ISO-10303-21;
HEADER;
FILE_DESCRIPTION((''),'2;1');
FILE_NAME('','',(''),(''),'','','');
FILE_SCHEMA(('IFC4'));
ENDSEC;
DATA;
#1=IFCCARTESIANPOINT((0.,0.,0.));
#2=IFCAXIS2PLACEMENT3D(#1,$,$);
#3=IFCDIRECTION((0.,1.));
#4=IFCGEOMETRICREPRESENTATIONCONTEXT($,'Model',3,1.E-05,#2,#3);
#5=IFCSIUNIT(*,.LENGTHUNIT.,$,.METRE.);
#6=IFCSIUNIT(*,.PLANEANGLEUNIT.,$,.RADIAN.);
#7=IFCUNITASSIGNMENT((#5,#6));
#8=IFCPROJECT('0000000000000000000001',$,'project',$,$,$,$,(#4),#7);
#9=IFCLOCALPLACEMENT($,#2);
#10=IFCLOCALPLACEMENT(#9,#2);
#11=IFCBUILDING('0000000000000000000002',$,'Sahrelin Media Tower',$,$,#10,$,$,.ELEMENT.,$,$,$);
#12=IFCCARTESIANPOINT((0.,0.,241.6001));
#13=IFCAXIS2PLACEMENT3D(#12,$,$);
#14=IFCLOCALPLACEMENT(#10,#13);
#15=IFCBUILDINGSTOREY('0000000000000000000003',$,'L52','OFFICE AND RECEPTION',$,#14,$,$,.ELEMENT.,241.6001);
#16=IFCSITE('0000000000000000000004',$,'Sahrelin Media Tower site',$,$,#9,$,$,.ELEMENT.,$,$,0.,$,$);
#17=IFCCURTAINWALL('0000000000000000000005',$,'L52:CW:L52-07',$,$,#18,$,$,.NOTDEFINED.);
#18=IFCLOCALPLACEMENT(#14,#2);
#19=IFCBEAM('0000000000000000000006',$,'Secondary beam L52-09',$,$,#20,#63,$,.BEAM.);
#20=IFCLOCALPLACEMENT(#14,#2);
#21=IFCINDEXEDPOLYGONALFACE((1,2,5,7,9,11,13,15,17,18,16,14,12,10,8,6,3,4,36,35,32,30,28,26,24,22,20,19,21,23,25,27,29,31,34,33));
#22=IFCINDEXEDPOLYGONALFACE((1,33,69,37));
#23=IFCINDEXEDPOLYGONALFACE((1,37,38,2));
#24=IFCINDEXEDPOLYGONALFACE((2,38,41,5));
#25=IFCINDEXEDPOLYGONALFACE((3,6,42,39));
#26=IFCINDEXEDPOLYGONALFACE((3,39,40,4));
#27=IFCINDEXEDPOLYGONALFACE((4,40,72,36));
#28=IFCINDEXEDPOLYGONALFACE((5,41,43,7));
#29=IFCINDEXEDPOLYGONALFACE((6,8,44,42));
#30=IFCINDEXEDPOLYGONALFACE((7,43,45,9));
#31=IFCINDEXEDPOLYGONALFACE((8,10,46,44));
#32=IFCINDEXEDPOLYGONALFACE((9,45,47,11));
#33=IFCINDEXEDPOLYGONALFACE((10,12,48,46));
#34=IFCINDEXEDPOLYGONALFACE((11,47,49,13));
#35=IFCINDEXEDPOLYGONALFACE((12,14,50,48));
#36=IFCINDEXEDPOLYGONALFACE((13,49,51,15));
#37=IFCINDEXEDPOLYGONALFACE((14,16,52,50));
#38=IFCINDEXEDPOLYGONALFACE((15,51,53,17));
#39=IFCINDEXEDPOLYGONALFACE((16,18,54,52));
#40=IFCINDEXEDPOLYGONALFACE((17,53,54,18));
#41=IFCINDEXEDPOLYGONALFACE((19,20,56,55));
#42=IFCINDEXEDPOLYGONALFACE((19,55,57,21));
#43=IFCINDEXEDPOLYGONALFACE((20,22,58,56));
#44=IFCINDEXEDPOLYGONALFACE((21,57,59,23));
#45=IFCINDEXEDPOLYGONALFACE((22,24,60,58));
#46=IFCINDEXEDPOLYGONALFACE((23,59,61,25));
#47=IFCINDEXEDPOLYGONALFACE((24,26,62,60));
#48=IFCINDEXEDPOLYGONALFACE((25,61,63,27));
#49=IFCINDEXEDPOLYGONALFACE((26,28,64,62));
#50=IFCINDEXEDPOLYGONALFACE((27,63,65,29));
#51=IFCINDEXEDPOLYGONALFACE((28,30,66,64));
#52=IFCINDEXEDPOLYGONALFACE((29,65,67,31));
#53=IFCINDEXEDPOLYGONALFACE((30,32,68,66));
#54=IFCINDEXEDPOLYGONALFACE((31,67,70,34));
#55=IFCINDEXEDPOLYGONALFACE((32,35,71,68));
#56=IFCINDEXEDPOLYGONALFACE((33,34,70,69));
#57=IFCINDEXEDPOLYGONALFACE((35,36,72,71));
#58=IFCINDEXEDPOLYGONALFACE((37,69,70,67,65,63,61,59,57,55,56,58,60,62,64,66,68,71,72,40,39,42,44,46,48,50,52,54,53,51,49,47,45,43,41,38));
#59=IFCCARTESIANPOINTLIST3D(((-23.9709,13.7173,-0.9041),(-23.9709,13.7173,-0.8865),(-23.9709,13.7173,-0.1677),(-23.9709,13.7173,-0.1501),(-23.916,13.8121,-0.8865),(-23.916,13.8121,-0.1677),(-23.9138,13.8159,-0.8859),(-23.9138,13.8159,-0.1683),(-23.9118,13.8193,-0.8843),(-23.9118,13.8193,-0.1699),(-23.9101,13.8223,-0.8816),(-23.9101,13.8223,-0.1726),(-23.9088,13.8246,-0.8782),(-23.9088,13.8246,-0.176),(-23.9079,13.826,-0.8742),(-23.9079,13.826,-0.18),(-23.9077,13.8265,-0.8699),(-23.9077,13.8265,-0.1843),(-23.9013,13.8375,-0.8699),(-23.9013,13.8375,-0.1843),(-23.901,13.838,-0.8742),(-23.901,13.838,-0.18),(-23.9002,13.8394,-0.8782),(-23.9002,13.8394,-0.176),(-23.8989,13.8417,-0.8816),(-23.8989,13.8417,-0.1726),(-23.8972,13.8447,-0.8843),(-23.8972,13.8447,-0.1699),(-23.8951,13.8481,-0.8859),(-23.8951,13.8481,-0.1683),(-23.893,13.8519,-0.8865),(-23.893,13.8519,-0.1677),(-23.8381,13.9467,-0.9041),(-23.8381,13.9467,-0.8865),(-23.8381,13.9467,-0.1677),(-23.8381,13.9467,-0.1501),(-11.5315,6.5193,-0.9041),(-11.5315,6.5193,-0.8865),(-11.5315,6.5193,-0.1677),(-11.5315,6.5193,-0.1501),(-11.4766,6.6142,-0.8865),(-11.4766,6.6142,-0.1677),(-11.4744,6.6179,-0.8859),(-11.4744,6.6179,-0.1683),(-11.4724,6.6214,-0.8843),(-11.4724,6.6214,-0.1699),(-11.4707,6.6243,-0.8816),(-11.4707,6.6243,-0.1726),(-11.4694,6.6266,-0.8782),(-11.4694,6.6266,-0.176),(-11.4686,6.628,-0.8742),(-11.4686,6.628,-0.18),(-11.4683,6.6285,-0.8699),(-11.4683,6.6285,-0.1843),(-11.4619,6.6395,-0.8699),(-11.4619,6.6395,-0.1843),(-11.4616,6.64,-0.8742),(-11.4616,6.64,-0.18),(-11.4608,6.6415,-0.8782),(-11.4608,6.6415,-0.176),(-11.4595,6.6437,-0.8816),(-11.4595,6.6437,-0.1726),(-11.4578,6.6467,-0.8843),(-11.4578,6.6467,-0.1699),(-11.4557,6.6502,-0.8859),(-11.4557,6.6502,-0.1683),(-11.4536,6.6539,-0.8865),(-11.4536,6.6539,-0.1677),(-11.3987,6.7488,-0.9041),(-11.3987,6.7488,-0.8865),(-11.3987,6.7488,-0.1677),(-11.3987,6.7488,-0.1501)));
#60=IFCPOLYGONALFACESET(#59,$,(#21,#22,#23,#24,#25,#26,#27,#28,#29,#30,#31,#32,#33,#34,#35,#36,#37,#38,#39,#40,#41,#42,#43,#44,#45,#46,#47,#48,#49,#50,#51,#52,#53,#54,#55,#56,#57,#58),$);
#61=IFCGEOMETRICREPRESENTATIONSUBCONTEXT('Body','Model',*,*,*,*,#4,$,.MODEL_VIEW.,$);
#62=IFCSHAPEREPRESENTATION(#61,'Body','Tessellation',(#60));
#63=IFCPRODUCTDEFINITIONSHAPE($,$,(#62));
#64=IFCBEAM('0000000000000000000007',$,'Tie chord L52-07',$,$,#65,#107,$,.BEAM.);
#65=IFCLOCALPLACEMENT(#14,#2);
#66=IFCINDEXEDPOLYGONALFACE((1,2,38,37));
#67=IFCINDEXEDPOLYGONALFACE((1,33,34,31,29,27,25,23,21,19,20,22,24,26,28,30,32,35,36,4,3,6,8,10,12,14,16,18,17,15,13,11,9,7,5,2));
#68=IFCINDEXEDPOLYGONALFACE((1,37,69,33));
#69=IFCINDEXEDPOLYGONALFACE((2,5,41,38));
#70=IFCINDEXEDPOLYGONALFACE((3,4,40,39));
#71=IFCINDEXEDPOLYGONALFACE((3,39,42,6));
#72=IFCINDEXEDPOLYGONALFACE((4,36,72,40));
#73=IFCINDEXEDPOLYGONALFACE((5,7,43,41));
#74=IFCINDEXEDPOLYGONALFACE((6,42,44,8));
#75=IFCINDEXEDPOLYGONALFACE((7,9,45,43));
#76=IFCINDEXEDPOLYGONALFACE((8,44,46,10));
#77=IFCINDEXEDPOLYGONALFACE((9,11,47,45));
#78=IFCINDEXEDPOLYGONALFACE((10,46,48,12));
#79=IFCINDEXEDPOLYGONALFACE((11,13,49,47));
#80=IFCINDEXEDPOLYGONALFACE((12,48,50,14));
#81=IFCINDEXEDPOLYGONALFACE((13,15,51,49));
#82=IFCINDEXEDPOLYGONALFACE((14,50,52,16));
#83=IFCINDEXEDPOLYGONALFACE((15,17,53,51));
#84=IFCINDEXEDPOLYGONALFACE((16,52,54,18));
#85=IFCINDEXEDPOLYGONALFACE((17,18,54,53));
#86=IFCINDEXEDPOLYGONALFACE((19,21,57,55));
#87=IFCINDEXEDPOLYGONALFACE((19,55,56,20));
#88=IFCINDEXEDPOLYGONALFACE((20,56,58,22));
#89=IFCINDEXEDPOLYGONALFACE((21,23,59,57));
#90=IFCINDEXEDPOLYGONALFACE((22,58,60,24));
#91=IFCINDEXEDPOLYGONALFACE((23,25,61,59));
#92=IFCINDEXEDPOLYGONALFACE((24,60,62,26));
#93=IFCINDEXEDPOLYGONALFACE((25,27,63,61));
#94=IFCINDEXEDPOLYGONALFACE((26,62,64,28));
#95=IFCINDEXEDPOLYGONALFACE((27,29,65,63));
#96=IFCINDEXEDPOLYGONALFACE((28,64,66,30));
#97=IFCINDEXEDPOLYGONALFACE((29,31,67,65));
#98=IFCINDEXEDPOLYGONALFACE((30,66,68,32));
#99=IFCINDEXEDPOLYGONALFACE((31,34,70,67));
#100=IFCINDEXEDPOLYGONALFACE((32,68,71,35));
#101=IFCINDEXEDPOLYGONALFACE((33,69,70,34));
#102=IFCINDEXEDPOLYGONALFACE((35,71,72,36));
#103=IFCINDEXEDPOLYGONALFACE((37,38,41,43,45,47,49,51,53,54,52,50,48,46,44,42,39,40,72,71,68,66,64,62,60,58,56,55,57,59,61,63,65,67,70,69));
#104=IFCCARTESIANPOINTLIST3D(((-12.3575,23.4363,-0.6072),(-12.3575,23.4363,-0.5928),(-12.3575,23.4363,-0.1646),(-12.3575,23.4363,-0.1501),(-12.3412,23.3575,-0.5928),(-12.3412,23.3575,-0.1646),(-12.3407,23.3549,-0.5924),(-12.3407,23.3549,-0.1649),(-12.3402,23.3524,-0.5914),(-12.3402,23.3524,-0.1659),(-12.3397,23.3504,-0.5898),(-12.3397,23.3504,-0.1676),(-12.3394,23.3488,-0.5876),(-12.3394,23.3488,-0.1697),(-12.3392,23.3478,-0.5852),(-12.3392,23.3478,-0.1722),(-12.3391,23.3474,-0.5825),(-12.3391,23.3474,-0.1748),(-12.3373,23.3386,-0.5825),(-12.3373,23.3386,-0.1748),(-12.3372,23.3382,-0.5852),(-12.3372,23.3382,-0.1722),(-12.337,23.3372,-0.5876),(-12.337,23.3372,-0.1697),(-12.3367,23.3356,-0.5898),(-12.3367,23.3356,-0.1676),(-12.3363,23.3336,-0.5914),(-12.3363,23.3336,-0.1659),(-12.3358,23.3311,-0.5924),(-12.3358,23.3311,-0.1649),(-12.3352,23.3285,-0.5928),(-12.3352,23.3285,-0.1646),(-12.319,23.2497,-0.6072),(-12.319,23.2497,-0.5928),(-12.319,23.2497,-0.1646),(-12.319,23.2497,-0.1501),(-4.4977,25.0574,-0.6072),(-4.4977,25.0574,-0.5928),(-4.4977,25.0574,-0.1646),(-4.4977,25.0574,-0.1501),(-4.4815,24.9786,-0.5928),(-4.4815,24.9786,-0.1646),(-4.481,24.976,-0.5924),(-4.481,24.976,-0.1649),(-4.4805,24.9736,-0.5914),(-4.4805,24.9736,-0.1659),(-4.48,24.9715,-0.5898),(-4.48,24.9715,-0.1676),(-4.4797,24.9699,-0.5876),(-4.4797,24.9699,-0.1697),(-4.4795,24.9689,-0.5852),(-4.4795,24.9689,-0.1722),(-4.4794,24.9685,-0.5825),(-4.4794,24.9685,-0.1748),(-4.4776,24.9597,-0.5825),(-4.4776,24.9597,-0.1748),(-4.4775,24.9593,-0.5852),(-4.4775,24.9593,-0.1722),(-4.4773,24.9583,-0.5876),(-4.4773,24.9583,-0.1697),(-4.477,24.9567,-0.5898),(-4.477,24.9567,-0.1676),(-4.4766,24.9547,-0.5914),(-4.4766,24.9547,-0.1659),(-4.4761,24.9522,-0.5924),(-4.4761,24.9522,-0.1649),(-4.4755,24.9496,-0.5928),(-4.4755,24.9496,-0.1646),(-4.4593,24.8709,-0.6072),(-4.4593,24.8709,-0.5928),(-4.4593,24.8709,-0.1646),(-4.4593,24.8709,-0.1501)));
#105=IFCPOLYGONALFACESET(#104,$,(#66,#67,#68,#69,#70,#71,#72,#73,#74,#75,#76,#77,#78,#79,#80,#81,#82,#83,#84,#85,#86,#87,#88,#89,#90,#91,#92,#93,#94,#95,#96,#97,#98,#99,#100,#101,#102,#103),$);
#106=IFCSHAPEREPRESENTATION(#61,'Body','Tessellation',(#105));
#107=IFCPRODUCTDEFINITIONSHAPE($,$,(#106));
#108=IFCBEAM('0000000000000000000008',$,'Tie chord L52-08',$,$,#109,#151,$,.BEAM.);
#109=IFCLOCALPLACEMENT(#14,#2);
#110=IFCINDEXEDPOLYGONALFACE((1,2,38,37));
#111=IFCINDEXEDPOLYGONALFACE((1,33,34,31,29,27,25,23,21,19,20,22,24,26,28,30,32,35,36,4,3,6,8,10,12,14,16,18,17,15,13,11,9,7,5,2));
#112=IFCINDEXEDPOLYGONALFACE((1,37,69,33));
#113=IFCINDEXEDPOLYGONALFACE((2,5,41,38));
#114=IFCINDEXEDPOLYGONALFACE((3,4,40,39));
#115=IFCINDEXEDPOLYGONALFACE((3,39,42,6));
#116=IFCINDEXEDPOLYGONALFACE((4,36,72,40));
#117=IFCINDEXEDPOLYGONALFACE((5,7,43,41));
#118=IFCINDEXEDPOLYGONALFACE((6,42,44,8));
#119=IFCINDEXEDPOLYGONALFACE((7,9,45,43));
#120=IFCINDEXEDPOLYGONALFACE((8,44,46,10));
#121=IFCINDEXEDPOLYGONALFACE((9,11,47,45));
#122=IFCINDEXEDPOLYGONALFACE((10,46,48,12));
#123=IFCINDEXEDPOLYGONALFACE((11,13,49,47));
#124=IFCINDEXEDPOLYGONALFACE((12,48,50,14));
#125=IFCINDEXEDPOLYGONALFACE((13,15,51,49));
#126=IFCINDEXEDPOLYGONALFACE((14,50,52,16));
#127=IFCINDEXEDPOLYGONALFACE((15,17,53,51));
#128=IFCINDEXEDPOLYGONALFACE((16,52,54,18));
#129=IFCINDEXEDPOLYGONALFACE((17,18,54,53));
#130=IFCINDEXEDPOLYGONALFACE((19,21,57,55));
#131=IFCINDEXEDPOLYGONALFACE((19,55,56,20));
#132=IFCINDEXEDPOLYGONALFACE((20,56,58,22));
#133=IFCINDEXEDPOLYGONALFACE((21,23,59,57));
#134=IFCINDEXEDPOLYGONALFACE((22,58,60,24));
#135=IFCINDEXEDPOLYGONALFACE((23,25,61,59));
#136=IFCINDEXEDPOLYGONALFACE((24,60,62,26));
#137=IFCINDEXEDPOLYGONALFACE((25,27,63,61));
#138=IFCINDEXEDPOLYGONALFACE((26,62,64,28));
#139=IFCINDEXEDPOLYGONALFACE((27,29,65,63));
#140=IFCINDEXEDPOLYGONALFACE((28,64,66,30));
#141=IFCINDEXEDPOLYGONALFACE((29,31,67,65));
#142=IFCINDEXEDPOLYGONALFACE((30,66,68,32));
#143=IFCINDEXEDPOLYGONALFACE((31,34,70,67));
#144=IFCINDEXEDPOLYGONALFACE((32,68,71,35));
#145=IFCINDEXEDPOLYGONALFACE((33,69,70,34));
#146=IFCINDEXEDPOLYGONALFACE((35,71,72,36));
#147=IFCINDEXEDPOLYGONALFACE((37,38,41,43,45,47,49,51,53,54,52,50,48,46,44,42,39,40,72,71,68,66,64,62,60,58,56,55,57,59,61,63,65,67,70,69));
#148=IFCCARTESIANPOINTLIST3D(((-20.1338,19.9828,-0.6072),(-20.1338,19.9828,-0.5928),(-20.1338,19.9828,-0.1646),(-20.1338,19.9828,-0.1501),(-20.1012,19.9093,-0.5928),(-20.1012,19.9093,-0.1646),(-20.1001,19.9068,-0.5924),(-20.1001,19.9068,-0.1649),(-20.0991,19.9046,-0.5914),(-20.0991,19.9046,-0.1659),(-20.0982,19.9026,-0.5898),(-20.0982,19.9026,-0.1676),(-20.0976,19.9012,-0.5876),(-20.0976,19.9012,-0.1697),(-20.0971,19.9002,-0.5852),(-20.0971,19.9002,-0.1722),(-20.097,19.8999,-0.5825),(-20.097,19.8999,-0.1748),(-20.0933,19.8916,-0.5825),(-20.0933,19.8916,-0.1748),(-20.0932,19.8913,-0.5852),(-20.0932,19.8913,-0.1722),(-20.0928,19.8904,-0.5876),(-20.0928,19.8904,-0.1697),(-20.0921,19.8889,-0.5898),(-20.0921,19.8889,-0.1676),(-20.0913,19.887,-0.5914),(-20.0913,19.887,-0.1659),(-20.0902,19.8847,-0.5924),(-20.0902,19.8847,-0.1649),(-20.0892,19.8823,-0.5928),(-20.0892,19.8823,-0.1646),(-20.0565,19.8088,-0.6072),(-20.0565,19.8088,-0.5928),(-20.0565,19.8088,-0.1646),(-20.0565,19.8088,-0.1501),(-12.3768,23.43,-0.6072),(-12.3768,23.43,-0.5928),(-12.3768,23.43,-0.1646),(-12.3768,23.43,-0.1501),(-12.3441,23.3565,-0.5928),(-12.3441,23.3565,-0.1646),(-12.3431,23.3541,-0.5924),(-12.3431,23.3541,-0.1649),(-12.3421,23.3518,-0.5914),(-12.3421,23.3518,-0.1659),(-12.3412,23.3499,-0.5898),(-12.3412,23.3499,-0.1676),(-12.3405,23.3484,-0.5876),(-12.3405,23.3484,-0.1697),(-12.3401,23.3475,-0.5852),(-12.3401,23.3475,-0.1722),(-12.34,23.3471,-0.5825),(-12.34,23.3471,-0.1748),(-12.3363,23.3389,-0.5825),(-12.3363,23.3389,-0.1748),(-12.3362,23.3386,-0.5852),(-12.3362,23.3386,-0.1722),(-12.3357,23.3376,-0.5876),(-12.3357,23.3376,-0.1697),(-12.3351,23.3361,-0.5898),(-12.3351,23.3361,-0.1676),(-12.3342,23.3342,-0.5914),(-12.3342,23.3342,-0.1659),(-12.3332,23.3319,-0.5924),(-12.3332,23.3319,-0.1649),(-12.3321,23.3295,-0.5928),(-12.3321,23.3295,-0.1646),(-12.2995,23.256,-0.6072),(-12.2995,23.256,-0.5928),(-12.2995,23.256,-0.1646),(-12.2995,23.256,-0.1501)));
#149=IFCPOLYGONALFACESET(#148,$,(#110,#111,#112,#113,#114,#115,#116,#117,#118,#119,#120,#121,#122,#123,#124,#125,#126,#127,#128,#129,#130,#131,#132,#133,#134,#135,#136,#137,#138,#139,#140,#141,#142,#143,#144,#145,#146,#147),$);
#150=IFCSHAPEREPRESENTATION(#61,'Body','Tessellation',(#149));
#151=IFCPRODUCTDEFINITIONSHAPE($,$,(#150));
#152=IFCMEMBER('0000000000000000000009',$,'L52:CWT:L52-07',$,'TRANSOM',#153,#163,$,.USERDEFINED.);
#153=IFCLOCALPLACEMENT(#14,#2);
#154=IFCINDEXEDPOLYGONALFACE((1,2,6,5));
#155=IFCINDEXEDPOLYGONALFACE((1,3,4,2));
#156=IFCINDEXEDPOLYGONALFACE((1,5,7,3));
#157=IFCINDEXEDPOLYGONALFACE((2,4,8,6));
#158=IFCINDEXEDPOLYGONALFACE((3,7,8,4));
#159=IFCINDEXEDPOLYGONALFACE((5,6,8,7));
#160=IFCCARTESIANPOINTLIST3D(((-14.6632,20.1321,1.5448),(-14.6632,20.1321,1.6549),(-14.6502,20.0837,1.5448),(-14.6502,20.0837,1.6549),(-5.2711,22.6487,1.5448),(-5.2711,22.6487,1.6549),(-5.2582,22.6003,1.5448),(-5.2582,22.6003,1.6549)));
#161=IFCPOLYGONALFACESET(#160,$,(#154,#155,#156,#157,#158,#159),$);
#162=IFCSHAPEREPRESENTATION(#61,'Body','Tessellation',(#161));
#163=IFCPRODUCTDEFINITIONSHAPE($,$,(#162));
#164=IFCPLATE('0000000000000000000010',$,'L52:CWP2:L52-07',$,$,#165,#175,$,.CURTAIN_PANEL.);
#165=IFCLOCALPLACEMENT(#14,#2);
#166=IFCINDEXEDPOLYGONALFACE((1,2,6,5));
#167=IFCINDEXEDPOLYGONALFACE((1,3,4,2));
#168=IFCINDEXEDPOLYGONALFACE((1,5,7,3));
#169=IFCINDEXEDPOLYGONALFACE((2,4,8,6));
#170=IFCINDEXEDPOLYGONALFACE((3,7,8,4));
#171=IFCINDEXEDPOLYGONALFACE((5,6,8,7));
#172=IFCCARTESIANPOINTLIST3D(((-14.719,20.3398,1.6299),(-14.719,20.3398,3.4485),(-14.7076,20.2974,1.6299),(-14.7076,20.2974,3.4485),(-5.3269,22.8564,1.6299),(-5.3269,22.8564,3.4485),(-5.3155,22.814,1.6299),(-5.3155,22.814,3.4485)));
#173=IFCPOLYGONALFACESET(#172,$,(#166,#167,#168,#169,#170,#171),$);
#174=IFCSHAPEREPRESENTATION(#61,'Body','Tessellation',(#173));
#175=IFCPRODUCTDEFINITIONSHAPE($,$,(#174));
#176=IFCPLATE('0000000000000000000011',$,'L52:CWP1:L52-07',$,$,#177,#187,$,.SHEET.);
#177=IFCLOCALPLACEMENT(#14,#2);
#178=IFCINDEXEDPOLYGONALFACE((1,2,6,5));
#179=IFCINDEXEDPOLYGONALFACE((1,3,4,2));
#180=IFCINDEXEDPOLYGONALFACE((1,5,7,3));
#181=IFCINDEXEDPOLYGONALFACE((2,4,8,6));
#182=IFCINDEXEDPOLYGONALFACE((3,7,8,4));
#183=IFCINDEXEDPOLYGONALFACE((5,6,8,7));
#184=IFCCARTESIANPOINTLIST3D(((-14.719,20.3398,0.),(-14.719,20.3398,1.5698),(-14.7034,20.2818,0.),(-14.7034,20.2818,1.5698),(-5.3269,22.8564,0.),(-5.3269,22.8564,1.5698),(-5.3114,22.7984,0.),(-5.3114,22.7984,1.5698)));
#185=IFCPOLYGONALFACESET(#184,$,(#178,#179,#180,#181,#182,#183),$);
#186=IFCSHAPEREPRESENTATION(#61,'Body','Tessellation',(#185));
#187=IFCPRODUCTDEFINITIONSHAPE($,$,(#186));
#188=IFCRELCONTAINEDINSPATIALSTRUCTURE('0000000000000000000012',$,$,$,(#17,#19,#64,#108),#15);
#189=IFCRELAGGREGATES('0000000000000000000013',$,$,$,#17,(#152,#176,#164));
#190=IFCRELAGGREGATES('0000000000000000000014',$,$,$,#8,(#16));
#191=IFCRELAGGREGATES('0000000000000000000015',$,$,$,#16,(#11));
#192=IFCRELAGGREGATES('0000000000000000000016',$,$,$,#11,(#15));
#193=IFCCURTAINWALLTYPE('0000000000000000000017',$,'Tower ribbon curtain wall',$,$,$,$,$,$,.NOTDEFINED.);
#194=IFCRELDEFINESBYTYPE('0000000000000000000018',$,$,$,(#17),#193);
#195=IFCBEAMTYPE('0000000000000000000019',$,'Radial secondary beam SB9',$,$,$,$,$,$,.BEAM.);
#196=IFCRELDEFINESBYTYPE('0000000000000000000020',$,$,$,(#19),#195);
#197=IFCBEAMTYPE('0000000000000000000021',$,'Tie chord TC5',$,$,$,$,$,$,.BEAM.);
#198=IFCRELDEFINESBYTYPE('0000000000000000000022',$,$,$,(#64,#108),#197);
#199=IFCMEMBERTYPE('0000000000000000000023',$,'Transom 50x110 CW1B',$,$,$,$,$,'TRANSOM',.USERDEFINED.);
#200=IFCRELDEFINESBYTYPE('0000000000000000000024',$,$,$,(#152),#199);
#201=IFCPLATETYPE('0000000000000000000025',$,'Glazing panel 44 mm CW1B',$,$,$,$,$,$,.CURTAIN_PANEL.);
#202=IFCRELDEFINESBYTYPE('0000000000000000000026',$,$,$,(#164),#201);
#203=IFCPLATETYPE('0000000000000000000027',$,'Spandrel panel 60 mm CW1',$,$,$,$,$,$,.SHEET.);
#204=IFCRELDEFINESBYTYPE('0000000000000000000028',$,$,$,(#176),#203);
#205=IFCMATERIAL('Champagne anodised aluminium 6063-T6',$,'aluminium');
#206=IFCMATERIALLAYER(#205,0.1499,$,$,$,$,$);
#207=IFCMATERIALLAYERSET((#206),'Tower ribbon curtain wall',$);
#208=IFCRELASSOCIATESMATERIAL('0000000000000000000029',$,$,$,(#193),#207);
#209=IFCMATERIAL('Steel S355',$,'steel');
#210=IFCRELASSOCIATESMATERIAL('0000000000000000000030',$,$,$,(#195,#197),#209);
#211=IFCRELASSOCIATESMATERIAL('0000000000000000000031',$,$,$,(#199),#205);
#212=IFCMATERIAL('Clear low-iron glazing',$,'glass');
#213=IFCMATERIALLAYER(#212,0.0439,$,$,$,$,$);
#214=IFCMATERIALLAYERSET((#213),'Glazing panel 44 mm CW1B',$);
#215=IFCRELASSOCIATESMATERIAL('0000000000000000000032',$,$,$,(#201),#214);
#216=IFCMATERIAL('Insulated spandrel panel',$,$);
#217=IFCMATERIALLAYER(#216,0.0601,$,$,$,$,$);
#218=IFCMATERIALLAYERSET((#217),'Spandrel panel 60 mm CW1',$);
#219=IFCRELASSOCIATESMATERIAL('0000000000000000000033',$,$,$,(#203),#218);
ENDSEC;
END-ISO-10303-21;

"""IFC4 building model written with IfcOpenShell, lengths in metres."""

from ifc_helpers import new_model, si_unit, direction, frame, origin, origin_2d, place, context, subcontext, project, spatial, polyline, rectangle, i_section, outline, extrude, material, layer, layer_set, material_profile, profile_set, type_object, element, aggregate, save


model = new_model("IFC4")

# Units and contexts
model_context = context("Model", 3, precision=1e-05, world=origin(), true_north=direction((0.0, 1.0)))
body_context = subcontext(model_context, "Body", "Model", "MODEL_VIEW")
ifc_project = project(units=[si_unit("LENGTHUNIT", "METRE"), si_unit("PLANEANGLEUNIT", "RADIAN")], contexts=[model_context])

# Site, building, storey
site_placement = place(None, origin())
site = spatial("IfcSite", under=ifc_project, at=site_placement, Name="Sahrelin Media Tower site", CompositionType="ELEMENT", RefElevation=0.0)
building_placement = place(site_placement, origin())
building = spatial("IfcBuilding", under=site, at=building_placement, Name="Sahrelin Media Tower", CompositionType="ELEMENT")
storey_placement = place(building_placement, frame((0.0, 0.0, 241.6001)))
storey = spatial("IfcBuildingStorey", under=building, at=storey_placement, Name="L52", Description="OFFICE AND RECEPTION", CompositionType="ELEMENT", Elevation=241.6001)

# Shared definitions
ifc_material_1 = material(Name="Steel S355", Category="steel")

# Curtain wall
ifc_material_2 = material(Name="Champagne anodised aluminium 6063-T6", Category="aluminium")
ifc_layer_1 = layer(ifc_material_2, 0.1499)
ifc_layer_set_1 = layer_set([ifc_layer_1], Name="Tower ribbon curtain wall")
curtain_wall_type = type_object("IfcCurtainWallType", Name="Tower ribbon curtain wall", PredefinedType="NOTDEFINED", material=ifc_layer_set_1)
curtain_wall_1_placement = place(storey_placement, frame((-10.0176, 21.5789, 0.0), z_axis=(0.0, 0.0, 1.0), x_axis=(1.0, 0.0, 0.0)))
curtain_wall_1 = element("IfcCurtainWall", 1, at=curtain_wall_1_placement, inside=storey, type_object=curtain_wall_type, Name="L52:CW:L52-07", PredefinedType="NOTDEFINED")

# Beams
ifc_material_profile_1 = material_profile(ifc_material_1, i_section(OverallWidth=0.2651, OverallDepth=0.7539, WebThickness=0.0127, FlangeThickness=0.0176, FilletRadius=0.0166, at=origin_2d()), Name="UB 762x267x147")
ifc_profile_set_1 = profile_set([ifc_material_profile_1], Name="Steel S355")
beam_type_1 = type_object("IfcBeamType", Name="Radial secondary beam SB9", PredefinedType="BEAM", material=ifc_profile_set_1)
beam_1_placement = place(storey_placement, frame((-11.4651, 6.634, -0.5271), z_axis=(-0.865541, 0.500839, 0.0), x_axis=(-0.500839, -0.865541, 0.0)))
element("IfcBeam", 2, at=beam_1_placement, inside=storey, type_object=beam_type_1, Name="Secondary beam L52-09", PredefinedType="BEAM", context=body_context, shape_type="SweptSolid", body=[
    extrude(i_section(OverallWidth=0.2651, OverallDepth=0.7539, WebThickness=0.0127, FlangeThickness=0.0176, FilletRadius=0.0166, at=origin_2d()), origin(), (0.0, 0.0, 1.0), 14.3718),
])
ifc_material_profile_2 = material_profile(ifc_material_1, i_section(OverallWidth=0.1904, OverallDepth=0.457, WebThickness=0.009, FlangeThickness=0.0144, FilletRadius=0.0103, at=origin_2d()), Name="UB 457x191x74")
ifc_profile_set_2 = profile_set([ifc_material_profile_2], Name="Steel S355")
beam_type_2 = type_object("IfcBeamType", Name="Tie chord TC5", PredefinedType="BEAM", material=ifc_profile_set_2)
beam_2_placement = place(storey_placement, frame((-4.4785, 24.9641, -0.3787), z_axis=(-0.979385, -0.202004, 0.0), x_axis=(0.202004, -0.979385, 0.0)))
element("IfcBeam", 3, at=beam_2_placement, inside=storey, type_object=beam_type_2, Name="Tie chord L52-07", PredefinedType="BEAM", context=body_context, shape_type="SweptSolid", body=[
    extrude(i_section(OverallWidth=0.1904, OverallDepth=0.457, WebThickness=0.009, FlangeThickness=0.0144, FilletRadius=0.0103, at=origin_2d()), origin(), (0.0, 0.0, 1.0), 8.0251),
])
beam_3_placement = place(storey_placement, frame((-12.3381, 23.343, -0.3787), z_axis=(-0.913826, -0.406106, 0.0), x_axis=(0.406106, -0.913826, 0.0)))
element("IfcBeam", 4, at=beam_3_placement, inside=storey, type_object=beam_type_2, Name="Tie chord L52-08", PredefinedType="BEAM", context=body_context, shape_type="SweptSolid", body=[
    extrude(i_section(OverallWidth=0.1904, OverallDepth=0.457, WebThickness=0.009, FlangeThickness=0.0144, FilletRadius=0.0103, at=origin_2d()), origin(), (0.0, 0.0, 1.0), 8.4885),
])

# Member
ifc_material_profile_3 = material_profile(ifc_material_2, rectangle(XDim=0.05, YDim=0.1101, at=origin_2d()), Name="Transom 50x110")
ifc_profile_set_3 = profile_set([ifc_material_profile_3], Name="Champagne anodised aluminium 6063-T6")
member_type_1 = type_object("IfcMemberType", Name="Transom 50x110 CW1B", ElementType="TRANSOM", PredefinedType="USERDEFINED", material=ifc_profile_set_3)
member_1_placement = place(storey_placement, frame((-5.2646, 22.6245, 1.5999), z_axis=(-0.965926, -0.258819, 0.0), x_axis=(0.258819, -0.965926, 0.0)))
member_1 = element("IfcMember", 5, at=member_1_placement, type_object=member_type_1, Name="L52:CWT:L52-07", ObjectType="TRANSOM", PredefinedType="USERDEFINED", context=body_context, shape_type="SweptSolid", body=[
    extrude(rectangle(XDim=0.05, YDim=0.1101, at=origin_2d()), origin(), (0.0, 0.0, 1.0), 9.7234),
])

# Plates
ifc_material_3 = material(Name="Clear low-iron glazing", Category="glass")
ifc_layer_2 = layer(ifc_material_3, 0.0439)
ifc_layer_set_2 = layer_set([ifc_layer_2], Name="Glazing panel 44 mm CW1B")
plate_type_1 = type_object("IfcPlateType", Name="Glazing panel 44 mm CW1B", PredefinedType="CURTAIN_PANEL", material=ifc_layer_set_2)
plate_1_placement = place(storey_placement, frame((-5.3269, 22.8564, 1.6299), z_axis=(-0.258819, 0.965926, 0.0), x_axis=(-0.965926, -0.258819, 0.0)))
plate_1 = element("IfcPlate", 6, at=plate_1_placement, type_object=plate_type_1, Name="L52:CWP2:L52-07", PredefinedType="CURTAIN_PANEL", context=body_context, shape_type="SweptSolid", body=[
    extrude(outline(polyline([(0.0, 0.0), (9.7234, 0.0), (9.7234, 1.8186), (0.0, 1.8186), (0.0, 0.0)])), origin(), (0.0, 0.0, -1.0), 0.0439),
])
ifc_material_4 = material(Name="Insulated spandrel panel")
ifc_layer_3 = layer(ifc_material_4, 0.0601)
ifc_layer_set_3 = layer_set([ifc_layer_3], Name="Spandrel panel 60 mm CW1")
plate_type_2 = type_object("IfcPlateType", Name="Spandrel panel 60 mm CW1", PredefinedType="SHEET", material=ifc_layer_set_3)
plate_2_placement = place(storey_placement, frame((-5.3269, 22.8564, 0.0), z_axis=(-0.258819, 0.965926, 0.0), x_axis=(-0.965926, -0.258819, 0.0)))
plate_2 = element("IfcPlate", 7, at=plate_2_placement, type_object=plate_type_2, Name="L52:CWP1:L52-07", PredefinedType="SHEET", context=body_context, shape_type="SweptSolid", body=[
    extrude(outline(polyline([(0.0, 0.0), (9.7234, 0.0), (9.7234, 1.5698), (0.0, 1.5698), (0.0, 0.0)])), origin(), (0.0, 0.0, -1.0), 0.0601),
])
aggregate(curtain_wall_1, [member_1, plate_2, plate_1])

save(model, "model.ifc")
